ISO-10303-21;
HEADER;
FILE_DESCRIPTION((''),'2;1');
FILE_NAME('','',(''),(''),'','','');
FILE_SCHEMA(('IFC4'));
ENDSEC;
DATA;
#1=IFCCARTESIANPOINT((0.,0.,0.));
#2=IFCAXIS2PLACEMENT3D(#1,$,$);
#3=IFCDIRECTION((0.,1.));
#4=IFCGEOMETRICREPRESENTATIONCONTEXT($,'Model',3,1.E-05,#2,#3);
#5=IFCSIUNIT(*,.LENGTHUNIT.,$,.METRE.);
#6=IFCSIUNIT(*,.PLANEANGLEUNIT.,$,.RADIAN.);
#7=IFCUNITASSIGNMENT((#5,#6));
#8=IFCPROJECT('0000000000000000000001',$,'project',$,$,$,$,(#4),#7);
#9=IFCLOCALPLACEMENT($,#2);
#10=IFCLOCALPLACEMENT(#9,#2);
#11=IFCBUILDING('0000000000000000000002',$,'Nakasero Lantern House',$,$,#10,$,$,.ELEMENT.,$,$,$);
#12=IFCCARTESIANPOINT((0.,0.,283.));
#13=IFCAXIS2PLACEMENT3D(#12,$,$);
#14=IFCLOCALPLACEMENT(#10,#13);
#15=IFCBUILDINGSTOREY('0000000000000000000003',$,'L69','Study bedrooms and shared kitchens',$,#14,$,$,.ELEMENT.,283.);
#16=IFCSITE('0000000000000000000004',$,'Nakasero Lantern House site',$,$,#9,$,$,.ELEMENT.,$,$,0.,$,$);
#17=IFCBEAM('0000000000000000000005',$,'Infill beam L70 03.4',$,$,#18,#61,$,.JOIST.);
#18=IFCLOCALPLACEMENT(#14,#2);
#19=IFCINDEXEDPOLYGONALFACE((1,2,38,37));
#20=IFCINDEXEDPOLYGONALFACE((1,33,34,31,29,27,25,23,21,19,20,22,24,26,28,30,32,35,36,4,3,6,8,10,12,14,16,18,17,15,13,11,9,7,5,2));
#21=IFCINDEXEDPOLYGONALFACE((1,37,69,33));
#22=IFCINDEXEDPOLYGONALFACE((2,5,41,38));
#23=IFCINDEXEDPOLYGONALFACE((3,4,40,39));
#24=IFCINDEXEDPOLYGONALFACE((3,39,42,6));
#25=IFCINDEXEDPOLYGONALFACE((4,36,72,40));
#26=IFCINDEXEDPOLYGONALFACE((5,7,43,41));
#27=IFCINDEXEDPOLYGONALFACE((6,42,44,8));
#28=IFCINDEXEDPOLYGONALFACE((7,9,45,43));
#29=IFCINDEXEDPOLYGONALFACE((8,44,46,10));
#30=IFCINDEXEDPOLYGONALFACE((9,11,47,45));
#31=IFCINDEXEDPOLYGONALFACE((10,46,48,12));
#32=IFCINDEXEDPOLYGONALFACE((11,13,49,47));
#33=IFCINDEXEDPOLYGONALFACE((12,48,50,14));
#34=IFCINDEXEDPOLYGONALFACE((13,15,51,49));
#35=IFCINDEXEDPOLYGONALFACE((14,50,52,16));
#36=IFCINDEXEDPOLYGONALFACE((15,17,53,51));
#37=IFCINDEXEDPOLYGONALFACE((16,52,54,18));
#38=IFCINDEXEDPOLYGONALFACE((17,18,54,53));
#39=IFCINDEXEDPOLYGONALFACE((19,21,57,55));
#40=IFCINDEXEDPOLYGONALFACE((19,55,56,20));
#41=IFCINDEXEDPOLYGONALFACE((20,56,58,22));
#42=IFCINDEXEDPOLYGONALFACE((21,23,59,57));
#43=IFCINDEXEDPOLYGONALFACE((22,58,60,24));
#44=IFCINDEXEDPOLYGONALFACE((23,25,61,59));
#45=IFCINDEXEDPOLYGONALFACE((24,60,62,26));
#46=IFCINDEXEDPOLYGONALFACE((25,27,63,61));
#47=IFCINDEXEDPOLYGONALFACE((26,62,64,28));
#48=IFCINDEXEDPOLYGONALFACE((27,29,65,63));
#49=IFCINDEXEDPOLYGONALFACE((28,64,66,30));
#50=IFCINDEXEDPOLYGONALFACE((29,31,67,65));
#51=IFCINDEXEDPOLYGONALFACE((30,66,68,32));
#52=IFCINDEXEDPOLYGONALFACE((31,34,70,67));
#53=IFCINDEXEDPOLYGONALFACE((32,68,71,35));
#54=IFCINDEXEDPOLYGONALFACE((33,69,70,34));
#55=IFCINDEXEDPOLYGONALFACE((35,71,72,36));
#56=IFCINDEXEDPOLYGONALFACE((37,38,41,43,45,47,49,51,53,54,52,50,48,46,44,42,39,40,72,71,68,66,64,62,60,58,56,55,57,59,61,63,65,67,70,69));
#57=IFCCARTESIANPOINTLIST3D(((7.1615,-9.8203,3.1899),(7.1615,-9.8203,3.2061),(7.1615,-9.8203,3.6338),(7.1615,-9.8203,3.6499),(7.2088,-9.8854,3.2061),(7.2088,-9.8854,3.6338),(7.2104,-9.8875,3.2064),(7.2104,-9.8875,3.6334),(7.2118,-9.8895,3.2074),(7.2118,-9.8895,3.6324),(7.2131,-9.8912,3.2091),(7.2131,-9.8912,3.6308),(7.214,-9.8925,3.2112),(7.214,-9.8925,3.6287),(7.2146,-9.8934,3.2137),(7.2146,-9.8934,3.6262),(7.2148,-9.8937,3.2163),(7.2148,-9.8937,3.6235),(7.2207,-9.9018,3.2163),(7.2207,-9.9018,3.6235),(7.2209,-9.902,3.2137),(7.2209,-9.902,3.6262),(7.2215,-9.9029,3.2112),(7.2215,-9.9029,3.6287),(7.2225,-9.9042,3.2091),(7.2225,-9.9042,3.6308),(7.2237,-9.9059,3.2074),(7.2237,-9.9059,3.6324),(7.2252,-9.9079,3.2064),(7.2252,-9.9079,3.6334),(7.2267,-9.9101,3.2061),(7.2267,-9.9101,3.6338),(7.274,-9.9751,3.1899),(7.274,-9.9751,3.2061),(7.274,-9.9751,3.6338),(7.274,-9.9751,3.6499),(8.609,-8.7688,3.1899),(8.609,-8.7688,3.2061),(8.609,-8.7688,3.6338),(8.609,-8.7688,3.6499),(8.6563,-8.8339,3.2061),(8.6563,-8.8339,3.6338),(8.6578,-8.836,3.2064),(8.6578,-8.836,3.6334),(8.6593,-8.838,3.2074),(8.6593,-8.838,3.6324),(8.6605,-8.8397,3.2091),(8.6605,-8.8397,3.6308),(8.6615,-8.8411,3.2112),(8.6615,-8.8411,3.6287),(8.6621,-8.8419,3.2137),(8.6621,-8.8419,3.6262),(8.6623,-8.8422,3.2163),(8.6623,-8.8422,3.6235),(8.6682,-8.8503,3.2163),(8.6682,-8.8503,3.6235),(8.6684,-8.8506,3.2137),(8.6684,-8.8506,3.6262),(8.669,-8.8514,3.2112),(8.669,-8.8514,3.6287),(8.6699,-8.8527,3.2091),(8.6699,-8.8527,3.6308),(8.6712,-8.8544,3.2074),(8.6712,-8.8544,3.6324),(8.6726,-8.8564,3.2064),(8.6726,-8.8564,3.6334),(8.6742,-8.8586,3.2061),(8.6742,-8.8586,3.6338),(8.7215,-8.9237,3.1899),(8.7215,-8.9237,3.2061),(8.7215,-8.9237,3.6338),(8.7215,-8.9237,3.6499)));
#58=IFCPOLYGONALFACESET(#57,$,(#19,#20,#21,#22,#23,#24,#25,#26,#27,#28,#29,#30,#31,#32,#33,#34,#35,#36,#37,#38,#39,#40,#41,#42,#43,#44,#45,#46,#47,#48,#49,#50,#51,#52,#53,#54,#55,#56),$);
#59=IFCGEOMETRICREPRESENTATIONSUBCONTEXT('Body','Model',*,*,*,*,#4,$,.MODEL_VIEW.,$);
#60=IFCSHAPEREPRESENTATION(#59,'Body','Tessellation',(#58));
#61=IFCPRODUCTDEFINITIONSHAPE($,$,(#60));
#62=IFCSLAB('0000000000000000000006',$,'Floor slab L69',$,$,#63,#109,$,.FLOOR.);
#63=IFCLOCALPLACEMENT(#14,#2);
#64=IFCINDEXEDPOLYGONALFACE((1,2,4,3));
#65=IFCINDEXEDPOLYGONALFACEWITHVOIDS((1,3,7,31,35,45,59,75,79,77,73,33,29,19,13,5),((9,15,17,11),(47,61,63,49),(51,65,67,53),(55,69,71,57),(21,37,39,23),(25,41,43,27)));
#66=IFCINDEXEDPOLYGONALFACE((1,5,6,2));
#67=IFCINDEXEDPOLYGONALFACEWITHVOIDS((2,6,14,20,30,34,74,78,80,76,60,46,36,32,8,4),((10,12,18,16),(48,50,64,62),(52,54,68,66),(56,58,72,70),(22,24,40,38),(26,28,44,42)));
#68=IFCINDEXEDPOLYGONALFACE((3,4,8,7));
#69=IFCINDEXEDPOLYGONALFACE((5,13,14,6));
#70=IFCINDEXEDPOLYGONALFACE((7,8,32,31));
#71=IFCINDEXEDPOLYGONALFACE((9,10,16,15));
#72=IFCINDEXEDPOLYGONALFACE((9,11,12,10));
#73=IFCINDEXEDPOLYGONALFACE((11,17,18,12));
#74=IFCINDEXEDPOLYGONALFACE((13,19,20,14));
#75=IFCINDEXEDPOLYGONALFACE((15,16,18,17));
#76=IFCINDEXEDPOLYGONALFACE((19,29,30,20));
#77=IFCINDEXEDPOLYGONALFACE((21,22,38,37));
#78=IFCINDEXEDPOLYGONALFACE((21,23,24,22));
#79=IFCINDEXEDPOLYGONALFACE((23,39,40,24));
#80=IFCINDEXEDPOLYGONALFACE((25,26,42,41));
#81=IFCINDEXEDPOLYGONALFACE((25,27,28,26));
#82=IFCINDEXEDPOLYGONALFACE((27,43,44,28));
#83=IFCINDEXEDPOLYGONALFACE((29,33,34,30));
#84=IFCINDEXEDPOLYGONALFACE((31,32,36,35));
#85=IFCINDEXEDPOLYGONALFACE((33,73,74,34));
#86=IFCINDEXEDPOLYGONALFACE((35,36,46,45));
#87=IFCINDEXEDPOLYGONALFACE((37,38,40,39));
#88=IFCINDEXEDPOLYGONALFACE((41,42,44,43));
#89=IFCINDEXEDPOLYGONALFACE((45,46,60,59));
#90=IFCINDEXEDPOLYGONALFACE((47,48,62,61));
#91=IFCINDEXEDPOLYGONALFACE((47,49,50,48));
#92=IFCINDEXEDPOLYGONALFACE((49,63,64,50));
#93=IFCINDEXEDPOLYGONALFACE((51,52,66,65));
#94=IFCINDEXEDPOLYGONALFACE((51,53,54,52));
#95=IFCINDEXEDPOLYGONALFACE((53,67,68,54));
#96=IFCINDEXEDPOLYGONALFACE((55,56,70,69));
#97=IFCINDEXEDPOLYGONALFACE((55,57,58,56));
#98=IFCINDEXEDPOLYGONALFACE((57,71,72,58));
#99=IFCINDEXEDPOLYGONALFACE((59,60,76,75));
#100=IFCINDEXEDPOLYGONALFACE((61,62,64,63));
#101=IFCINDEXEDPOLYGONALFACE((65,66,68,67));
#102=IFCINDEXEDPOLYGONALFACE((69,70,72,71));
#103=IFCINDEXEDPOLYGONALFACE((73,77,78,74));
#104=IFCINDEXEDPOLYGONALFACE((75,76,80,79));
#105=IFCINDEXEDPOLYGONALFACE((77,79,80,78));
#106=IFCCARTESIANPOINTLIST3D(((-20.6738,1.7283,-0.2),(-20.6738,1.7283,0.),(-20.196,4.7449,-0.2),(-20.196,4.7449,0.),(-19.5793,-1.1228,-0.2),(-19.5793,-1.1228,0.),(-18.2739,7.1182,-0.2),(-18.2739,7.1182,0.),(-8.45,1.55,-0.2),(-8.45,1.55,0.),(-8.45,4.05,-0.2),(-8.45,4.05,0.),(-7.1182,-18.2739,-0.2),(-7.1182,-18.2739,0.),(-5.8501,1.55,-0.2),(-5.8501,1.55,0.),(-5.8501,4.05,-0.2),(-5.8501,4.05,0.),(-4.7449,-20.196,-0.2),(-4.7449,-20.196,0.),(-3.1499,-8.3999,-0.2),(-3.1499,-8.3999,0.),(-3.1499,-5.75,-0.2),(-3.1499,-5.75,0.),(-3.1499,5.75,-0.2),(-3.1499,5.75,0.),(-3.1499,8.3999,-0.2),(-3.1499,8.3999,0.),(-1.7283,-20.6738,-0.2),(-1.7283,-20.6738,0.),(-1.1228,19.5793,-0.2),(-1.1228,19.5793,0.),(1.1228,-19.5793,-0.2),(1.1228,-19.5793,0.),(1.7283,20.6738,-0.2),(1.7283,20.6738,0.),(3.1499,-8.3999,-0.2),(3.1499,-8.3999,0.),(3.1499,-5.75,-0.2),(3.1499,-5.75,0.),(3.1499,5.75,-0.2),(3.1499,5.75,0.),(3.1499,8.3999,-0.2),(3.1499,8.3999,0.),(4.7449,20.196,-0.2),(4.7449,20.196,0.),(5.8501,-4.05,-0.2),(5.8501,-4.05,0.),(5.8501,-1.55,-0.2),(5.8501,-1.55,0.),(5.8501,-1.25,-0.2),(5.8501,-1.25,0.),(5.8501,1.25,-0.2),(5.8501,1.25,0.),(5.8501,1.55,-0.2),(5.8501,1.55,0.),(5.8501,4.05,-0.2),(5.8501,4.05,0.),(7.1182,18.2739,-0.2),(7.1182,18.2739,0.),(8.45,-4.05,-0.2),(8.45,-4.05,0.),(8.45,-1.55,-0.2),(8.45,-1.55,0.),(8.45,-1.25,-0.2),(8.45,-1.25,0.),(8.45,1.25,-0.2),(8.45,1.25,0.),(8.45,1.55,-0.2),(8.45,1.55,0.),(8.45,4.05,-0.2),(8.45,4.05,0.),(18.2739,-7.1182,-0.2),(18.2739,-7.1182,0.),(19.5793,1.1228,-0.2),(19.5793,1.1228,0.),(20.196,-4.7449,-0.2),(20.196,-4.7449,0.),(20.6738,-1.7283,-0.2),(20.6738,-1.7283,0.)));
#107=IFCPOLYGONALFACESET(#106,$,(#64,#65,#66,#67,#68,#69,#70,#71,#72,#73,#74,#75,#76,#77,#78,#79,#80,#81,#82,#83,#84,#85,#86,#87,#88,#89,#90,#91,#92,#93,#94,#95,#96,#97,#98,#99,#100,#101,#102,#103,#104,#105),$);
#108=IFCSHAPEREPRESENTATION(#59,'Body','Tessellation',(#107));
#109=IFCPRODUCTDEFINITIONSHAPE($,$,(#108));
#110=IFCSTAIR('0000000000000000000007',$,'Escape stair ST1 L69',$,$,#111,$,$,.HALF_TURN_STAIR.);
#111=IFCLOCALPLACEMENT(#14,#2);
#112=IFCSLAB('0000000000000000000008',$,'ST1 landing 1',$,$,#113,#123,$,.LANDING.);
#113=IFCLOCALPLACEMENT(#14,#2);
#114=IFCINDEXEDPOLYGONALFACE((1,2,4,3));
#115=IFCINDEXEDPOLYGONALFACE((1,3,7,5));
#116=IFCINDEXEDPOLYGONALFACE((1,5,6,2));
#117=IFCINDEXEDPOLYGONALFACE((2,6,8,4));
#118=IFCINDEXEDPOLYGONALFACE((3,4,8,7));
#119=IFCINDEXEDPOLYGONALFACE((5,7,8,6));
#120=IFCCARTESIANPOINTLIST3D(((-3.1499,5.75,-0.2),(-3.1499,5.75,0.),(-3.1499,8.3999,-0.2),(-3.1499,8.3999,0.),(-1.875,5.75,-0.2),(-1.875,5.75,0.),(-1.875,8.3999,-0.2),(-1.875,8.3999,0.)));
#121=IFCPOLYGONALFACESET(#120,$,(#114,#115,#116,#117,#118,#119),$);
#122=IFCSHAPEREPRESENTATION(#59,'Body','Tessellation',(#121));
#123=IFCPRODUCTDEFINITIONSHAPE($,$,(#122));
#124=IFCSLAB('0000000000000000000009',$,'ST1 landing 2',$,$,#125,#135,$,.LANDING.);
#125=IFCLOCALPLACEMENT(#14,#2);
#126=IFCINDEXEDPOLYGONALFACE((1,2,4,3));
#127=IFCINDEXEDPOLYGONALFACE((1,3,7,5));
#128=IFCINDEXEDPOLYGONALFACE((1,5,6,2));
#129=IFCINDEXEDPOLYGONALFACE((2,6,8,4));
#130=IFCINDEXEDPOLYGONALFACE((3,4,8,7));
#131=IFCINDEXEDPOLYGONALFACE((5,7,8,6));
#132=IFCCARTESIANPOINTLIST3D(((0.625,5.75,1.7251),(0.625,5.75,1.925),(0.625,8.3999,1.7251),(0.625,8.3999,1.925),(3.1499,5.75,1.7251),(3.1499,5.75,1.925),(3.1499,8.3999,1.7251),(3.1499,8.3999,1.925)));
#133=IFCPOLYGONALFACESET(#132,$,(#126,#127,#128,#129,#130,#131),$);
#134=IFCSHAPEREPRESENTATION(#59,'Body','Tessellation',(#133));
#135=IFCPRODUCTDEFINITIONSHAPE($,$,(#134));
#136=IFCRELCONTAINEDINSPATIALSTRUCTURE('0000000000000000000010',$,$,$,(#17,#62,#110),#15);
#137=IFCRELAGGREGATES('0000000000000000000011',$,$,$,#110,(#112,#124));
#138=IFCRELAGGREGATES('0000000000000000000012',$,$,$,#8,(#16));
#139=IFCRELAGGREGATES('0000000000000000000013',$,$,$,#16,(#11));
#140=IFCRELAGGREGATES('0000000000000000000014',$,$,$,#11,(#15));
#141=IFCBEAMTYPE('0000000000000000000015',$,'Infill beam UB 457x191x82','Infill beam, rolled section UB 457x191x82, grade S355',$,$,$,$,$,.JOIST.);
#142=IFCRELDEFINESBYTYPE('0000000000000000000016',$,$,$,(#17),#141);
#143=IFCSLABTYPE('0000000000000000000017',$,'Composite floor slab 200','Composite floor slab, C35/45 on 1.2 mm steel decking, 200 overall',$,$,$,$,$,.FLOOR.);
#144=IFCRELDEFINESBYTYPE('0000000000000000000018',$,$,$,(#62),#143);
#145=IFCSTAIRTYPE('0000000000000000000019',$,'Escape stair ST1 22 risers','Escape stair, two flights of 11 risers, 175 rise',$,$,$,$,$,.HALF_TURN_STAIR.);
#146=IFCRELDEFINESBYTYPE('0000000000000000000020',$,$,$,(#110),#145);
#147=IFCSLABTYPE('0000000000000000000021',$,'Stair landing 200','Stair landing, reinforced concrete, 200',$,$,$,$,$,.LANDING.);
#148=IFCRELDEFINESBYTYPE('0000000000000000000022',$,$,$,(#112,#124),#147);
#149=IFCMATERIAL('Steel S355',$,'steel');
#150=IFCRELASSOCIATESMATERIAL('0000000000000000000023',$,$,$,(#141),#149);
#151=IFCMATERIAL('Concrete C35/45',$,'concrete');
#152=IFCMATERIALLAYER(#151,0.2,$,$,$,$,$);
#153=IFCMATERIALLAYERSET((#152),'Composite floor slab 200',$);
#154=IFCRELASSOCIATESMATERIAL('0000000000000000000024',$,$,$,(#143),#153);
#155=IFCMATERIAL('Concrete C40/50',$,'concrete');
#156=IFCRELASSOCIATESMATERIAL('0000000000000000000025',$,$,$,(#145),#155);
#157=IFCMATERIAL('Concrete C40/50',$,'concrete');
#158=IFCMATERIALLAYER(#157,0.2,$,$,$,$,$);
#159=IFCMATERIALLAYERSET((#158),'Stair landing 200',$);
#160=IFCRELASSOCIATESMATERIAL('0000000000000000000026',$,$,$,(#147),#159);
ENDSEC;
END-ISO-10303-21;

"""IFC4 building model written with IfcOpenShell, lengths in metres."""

from ifc_helpers import new_model, si_unit, direction, frame, origin, origin_2d, place, context, subcontext, project, spatial, polyline, i_section, outline, extrude, material, layer, layer_set, material_profile, profile_set, type_object, element, aggregate, save


model = new_model("IFC4")

# Units and contexts
model_context = context("Model", 3, precision=1e-05, world=origin(), true_north=direction((0.0, 1.0)))
body_context = subcontext(model_context, "Body", "Model", "MODEL_VIEW")
ifc_project = project(units=[si_unit("LENGTHUNIT", "METRE"), si_unit("PLANEANGLEUNIT", "RADIAN")], contexts=[model_context])

# Site, building, storey
site_placement = place(None, origin())
site = spatial("IfcSite", under=ifc_project, at=site_placement, Name="Nakasero Lantern House site", CompositionType="ELEMENT", RefElevation=0.0)
building_placement = place(site_placement, origin())
building = spatial("IfcBuilding", under=site, at=building_placement, Name="Nakasero Lantern House", CompositionType="ELEMENT")
storey_placement = place(building_placement, frame((0.0, 0.0, 283.0)))
storey = spatial("IfcBuildingStorey", under=building, at=storey_placement, Name="L69", Description="Study bedrooms and shared kitchens", CompositionType="ELEMENT", Elevation=283.0)

# Beam
ifc_material_1 = material(Name="Steel S355", Category="steel")
ifc_material_profile = material_profile(ifc_material_1, i_section(OverallWidth=0.1914, OverallDepth=0.46, WebThickness=0.01, FlangeThickness=0.0161, FilletRadius=0.0103, at=origin_2d()), Name="UB 457x191x82")
ifc_profile_set = profile_set([ifc_material_profile], Name="Steel S355")
beam_type = type_object("IfcBeamType", Name="Infill beam UB 457x191x82", Description="Infill beam, rolled section UB 457x191x82, grade S355", PredefinedType="JOIST", material=ifc_profile_set)
beam_placement = place(storey_placement, frame((7.2178, -9.8977, 3.4199), z_axis=(0.809061, 0.587725, 0.0), x_axis=(-0.587725, 0.809061, 0.0)))
element("IfcBeam", 1, at=beam_placement, inside=storey, type_object=beam_type, Name="Infill beam L70 03.4", PredefinedType="JOIST", context=body_context, shape_type="SweptSolid", body=[
    extrude(i_section(OverallWidth=0.1914, OverallDepth=0.46, WebThickness=0.01, FlangeThickness=0.0161, FilletRadius=0.0103, at=origin_2d()), origin(), (0.0, 0.0, 1.0), 1.7891),
])

# Slab
ifc_material_2 = material(Name="Concrete C35/45", Category="concrete")
ifc_layer_1 = layer(ifc_material_2, 0.2)
ifc_layer_set_1 = layer_set([ifc_layer_1], Name="Composite floor slab 200")
slab_type_1 = type_object("IfcSlabType", Name="Composite floor slab 200", Description="Composite floor slab, C35/45 on 1.2 mm steel decking, 200 overall", PredefinedType="FLOOR", material=ifc_layer_set_1)
slab_1_placement = place(storey_placement, frame((0.0, 0.0, -0.2)))
element("IfcSlab", 2, at=slab_1_placement, inside=storey, type_object=slab_type_1, Name="Floor slab L69", PredefinedType="FLOOR", context=body_context, shape_type="SweptSolid", body=[
    extrude(outline(polyline([(7.1182, 18.2739), (4.7449, 20.196), (1.7283, 20.6738), (-1.1228, 19.5793), (-18.2739, 7.1182), (-20.196, 4.7449), (-20.6738, 1.7283), (-19.5793, -1.1228), (-7.1182, -18.2739), (-4.7449, -20.196), (-1.7283, -20.6738), (1.1228, -19.5793), (18.2739, -7.1182), (20.196, -4.7449), (20.6738, -1.7283), (19.5793, 1.1228), (7.1182, 18.2739)]), holes=[polyline([(-8.45, 1.55), (-5.8501, 1.55), (-5.8501, 4.05), (-8.45, 4.05), (-8.45, 1.55)]), polyline([(5.8501, -4.05), (8.45, -4.05), (8.45, -1.55), (5.8501, -1.55), (5.8501, -4.05)]), polyline([(5.8501, -1.25), (8.45, -1.25), (8.45, 1.25), (5.8501, 1.25), (5.8501, -1.25)]), polyline([(5.8501, 1.55), (8.45, 1.55), (8.45, 4.05), (5.8501, 4.05), (5.8501, 1.55)]), polyline([(-3.1499, 5.75), (3.1499, 5.75), (3.1499, 8.3999), (-3.1499, 8.3999), (-3.1499, 5.75)]), polyline([(-3.1499, -8.3999), (3.1499, -8.3999), (3.1499, -5.75), (-3.1499, -5.75), (-3.1499, -8.3999)])]), origin(), (0.0, 0.0, 1.0), 0.2),
])

# Stair, slabs
ifc_material_3 = material(Name="Concrete C40/50", Category="concrete")
stair_type_1 = type_object("IfcStairType", Name="Escape stair ST1 22 risers", Description="Escape stair, two flights of 11 risers, 175 rise", PredefinedType="HALF_TURN_STAIR", material=ifc_material_3)
stair_1_placement = place(storey_placement, origin())
stair_1 = element("IfcStair", 3, at=stair_1_placement, inside=storey, type_object=stair_type_1, Name="Escape stair ST1 L69", PredefinedType="HALF_TURN_STAIR")
ifc_material_4 = material(Name="Concrete C40/50", Category="concrete")
ifc_layer_2 = layer(ifc_material_4, 0.2)
ifc_layer_set_2 = layer_set([ifc_layer_2], Name="Stair landing 200")
slab_type_2 = type_object("IfcSlabType", Name="Stair landing 200", Description="Stair landing, reinforced concrete, 200", PredefinedType="LANDING", material=ifc_layer_set_2)
slab_2_placement = place(storey_placement, frame((0.0, 0.0, -0.2)))
slab_2 = element("IfcSlab", 4, at=slab_2_placement, type_object=slab_type_2, Name="ST1 landing 1", PredefinedType="LANDING", context=body_context, shape_type="SweptSolid", body=[
    extrude(outline(polyline([(-3.1499, 5.75), (-1.875, 5.75), (-1.875, 8.3999), (-3.1499, 8.3999), (-3.1499, 5.75)])), origin(), (0.0, 0.0, 1.0), 0.2),
])
slab_3_placement = place(storey_placement, frame((0.0, 0.0, 1.7251)))
slab_3 = element("IfcSlab", 5, at=slab_3_placement, type_object=slab_type_2, Name="ST1 landing 2", PredefinedType="LANDING", context=body_context, shape_type="SweptSolid", body=[
    extrude(outline(polyline([(0.625, 5.75), (3.1499, 5.75), (3.1499, 8.3999), (0.625, 8.3999), (0.625, 5.75)])), origin(), (0.0, 0.0, 1.0), 0.2),
])
aggregate(stair_1, [slab_2, slab_3])

save(model, "model.ifc")
